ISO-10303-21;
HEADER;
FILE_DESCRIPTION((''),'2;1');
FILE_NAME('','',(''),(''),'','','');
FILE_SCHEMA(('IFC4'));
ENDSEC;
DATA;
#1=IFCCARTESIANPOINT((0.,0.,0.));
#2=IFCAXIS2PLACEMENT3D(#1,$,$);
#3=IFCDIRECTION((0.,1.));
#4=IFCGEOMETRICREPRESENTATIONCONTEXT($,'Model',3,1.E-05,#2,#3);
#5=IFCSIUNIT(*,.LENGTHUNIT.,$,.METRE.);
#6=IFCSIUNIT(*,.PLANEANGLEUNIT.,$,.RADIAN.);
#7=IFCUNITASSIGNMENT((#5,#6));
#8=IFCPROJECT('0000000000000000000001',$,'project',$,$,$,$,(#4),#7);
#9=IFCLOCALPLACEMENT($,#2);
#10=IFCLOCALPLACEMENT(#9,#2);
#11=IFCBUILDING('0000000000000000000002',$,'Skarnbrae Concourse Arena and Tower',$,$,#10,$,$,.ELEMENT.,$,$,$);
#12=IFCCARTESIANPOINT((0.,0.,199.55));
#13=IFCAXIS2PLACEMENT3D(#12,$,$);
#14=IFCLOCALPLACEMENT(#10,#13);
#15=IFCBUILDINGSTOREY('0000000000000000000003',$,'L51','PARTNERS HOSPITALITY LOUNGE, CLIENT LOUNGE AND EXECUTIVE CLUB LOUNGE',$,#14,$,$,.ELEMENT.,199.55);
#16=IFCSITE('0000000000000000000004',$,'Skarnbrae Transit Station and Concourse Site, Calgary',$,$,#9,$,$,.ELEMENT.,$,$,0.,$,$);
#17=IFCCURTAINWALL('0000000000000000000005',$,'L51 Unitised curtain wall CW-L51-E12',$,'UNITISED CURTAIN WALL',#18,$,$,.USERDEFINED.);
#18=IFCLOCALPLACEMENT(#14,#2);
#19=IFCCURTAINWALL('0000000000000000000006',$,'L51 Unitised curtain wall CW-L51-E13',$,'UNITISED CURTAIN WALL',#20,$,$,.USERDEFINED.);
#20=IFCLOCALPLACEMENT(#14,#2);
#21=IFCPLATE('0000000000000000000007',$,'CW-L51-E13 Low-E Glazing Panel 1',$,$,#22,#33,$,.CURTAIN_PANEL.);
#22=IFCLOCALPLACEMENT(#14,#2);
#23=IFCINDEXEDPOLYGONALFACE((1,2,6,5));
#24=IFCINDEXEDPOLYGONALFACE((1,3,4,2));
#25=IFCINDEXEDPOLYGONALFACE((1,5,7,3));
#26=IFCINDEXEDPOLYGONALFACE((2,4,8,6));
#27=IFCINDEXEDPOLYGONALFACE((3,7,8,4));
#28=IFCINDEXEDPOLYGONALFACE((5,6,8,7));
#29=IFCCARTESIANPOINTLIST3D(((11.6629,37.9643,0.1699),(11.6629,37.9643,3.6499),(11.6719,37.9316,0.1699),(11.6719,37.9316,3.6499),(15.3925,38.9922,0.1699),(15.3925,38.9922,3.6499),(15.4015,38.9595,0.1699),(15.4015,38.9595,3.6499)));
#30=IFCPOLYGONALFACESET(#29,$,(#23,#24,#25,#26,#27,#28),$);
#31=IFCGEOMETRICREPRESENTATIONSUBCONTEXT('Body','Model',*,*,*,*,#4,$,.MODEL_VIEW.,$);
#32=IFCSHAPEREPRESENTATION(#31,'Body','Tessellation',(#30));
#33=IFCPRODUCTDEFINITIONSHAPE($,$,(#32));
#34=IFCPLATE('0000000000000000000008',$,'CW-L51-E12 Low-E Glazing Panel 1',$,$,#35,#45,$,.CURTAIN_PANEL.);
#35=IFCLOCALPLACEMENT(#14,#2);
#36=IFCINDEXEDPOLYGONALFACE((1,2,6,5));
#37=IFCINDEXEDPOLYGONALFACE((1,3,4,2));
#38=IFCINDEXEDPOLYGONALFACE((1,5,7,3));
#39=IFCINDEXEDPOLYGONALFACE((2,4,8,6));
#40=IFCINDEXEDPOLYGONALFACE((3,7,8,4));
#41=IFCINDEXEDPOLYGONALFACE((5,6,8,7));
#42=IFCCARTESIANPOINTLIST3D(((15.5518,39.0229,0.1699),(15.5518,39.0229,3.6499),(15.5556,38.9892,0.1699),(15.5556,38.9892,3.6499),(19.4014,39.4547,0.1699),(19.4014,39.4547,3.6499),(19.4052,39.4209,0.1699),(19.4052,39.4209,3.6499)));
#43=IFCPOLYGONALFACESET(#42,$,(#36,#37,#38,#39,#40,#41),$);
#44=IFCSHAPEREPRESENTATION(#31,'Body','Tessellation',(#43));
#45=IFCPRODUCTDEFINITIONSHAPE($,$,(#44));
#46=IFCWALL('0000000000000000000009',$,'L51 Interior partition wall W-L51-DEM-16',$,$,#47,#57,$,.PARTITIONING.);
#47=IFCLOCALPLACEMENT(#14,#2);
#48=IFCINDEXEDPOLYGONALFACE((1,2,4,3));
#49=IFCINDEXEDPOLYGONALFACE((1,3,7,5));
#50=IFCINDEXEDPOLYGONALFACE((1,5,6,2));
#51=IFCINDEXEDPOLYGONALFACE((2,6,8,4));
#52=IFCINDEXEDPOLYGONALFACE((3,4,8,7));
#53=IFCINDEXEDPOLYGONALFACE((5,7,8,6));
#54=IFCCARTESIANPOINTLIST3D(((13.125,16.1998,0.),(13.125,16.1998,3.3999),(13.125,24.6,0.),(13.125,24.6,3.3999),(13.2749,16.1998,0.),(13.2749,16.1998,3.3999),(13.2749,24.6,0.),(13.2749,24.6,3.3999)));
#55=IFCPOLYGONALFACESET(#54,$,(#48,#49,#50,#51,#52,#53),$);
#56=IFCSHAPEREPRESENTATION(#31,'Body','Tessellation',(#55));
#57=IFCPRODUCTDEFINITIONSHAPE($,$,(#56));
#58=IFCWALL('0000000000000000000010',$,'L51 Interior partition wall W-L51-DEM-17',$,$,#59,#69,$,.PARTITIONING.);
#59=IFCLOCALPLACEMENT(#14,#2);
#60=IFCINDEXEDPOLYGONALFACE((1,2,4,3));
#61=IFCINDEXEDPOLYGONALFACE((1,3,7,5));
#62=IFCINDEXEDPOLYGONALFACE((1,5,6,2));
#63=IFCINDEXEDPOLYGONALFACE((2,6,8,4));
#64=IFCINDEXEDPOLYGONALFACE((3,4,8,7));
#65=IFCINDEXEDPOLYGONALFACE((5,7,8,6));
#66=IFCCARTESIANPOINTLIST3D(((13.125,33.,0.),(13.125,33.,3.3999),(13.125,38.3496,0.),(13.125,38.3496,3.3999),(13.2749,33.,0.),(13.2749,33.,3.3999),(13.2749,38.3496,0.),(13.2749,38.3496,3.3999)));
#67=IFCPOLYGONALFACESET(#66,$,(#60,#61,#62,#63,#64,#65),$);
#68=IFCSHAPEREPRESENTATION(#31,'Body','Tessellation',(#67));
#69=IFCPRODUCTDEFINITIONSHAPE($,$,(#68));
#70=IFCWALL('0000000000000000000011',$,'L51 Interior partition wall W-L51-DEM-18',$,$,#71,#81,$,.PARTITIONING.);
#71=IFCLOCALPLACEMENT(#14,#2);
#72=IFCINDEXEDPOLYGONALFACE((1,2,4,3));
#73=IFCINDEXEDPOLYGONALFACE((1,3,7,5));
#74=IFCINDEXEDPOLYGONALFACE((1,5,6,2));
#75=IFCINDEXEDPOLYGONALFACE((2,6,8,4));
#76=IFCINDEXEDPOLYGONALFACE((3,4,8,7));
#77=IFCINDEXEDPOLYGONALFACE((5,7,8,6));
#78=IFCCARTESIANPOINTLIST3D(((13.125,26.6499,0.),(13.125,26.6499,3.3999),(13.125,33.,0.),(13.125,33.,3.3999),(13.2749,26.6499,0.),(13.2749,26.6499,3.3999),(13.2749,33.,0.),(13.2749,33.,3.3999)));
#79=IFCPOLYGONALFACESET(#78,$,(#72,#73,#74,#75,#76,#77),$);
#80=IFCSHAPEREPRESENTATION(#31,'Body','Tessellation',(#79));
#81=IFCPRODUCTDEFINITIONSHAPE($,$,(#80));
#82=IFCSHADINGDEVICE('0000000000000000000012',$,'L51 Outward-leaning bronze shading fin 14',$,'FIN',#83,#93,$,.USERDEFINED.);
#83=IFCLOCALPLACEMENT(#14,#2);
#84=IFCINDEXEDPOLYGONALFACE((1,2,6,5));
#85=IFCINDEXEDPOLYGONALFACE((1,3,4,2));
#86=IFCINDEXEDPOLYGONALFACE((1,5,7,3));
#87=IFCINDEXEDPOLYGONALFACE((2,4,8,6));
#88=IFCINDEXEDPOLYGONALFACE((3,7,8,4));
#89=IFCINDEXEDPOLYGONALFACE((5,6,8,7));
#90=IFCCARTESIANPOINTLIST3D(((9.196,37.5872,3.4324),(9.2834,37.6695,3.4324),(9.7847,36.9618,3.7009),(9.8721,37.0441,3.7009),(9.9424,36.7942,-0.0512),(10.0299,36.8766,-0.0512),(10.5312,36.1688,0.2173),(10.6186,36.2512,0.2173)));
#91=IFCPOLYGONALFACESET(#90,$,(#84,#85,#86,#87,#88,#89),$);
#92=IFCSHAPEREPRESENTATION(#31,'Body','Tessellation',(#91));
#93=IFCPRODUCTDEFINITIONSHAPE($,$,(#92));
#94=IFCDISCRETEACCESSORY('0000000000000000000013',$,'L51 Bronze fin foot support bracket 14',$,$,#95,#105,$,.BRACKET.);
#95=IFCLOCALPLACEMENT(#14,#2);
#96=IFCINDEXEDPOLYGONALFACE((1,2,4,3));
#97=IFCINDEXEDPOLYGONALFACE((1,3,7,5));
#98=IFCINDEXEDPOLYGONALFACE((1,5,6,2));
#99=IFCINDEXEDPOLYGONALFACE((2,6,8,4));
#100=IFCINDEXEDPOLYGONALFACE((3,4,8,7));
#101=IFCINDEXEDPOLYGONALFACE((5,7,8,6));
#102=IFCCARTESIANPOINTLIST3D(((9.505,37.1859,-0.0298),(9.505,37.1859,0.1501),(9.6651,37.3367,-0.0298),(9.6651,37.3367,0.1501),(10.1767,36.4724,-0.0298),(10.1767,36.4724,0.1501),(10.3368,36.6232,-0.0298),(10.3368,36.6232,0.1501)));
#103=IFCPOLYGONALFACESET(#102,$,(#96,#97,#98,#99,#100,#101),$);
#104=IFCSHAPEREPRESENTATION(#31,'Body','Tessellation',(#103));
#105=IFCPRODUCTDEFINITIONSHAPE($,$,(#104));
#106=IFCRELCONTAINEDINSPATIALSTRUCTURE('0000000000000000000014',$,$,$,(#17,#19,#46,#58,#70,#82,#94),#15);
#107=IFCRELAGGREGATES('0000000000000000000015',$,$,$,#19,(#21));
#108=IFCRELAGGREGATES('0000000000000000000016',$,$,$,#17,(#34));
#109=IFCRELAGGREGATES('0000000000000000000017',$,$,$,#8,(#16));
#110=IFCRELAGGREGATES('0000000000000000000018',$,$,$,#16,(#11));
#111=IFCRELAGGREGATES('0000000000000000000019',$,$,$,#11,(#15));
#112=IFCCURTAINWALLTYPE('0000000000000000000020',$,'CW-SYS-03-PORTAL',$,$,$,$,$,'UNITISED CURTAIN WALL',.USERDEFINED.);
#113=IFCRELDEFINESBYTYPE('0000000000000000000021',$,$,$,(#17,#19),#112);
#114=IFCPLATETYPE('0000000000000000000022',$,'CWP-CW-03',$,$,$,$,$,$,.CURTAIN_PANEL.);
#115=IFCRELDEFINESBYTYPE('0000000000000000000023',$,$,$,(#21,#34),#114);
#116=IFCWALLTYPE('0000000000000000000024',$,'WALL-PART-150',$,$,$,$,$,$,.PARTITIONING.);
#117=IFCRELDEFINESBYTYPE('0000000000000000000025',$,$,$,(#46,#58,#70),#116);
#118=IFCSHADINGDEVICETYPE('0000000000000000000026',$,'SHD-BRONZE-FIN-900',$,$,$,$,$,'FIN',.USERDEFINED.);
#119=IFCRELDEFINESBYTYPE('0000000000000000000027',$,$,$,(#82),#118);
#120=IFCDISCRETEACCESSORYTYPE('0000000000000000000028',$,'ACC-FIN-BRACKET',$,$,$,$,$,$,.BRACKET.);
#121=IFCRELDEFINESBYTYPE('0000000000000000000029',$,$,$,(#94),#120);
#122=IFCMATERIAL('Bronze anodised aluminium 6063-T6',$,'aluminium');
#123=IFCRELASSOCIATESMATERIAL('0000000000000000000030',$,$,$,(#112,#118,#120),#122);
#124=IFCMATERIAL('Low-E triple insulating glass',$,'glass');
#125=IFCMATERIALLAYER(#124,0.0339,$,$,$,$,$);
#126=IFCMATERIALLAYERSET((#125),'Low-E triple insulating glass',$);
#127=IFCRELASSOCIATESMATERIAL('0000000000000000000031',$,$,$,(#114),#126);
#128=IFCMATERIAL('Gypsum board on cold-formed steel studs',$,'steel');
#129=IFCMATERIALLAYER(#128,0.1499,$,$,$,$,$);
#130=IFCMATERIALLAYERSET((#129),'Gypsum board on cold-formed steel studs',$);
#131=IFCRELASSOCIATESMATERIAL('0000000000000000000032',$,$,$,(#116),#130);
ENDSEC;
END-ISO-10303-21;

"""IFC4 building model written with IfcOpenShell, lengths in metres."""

from ifc_helpers import new_model, si_unit, direction, frame, frame_2d, origin, origin_2d, place, context, subcontext, project, spatial, rectangle, extrude, source, transform, mapped, material, layer, layer_set, type_object, element, aggregate, save


model = new_model("IFC4")

# Units and contexts
model_context = context("Model", 3, precision=1e-05, world=origin(), true_north=direction((0.0, 1.0)))
body_context = subcontext(model_context, "Body", "Model", "MODEL_VIEW")
ifc_project = project(units=[si_unit("LENGTHUNIT", "METRE"), si_unit("PLANEANGLEUNIT", "RADIAN")], contexts=[model_context])

# Site, building, storey
site_placement = place(None, origin())
site = spatial("IfcSite", under=ifc_project, at=site_placement, Name="Skarnbrae Transit Station and Concourse Site, Calgary", CompositionType="ELEMENT", RefElevation=0.0)
building_placement = place(site_placement, origin())
building = spatial("IfcBuilding", under=site, at=building_placement, Name="Skarnbrae Concourse Arena and Tower", CompositionType="ELEMENT")
storey_placement = place(building_placement, frame((0.0, 0.0, 199.55)))
storey = spatial("IfcBuildingStorey", under=building, at=storey_placement, Name="L51", Description="PARTNERS HOSPITALITY LOUNGE, CLIENT LOUNGE AND EXECUTIVE CLUB LOUNGE", CompositionType="ELEMENT", Elevation=199.55)

# Shared definitions
ifc_material_1 = material(Name="Bronze anodised aluminium 6063-T6", Category="aluminium")
curtain_wall_type_1 = type_object("IfcCurtainWallType", Name="CW-SYS-03-PORTAL", ElementType="UNITISED CURTAIN WALL", PredefinedType="USERDEFINED", material=ifc_material_1)

# Curtain walls
curtain_wall_1_placement = place(storey_placement, origin())
curtain_wall_1 = element("IfcCurtainWall", 1, at=curtain_wall_1_placement, inside=storey, type_object=curtain_wall_type_1, Name="L51 Unitised curtain wall CW-L51-E12", ObjectType="UNITISED CURTAIN WALL", PredefinedType="USERDEFINED")
curtain_wall_2_placement = place(storey_placement, origin())
curtain_wall_2 = element("IfcCurtainWall", 2, at=curtain_wall_2_placement, inside=storey, type_object=curtain_wall_type_1, Name="L51 Unitised curtain wall CW-L51-E13", ObjectType="UNITISED CURTAIN WALL", PredefinedType="USERDEFINED")

# Plates
ifc_material_2 = material(Name="Low-E triple insulating glass", Category="glass")
ifc_layer_1 = layer(ifc_material_2, 0.0339)
ifc_layer_set_1 = layer_set([ifc_layer_1], Name="Low-E triple insulating glass")
plate_type_1 = type_object("IfcPlateType", Name="CWP-CW-03", PredefinedType="CURTAIN_PANEL", material=ifc_layer_set_1)
shared_shape_1 = source(origin(), body_context, "Body", "SweptSolid", [
    extrude(rectangle(XDim=3.8687, YDim=0.0339, at=origin_2d()), origin(), (0.0, 0.0, 1.0), 3.48),
])
plate_1_placement = place(storey_placement, frame((13.5322, 38.4619, 0.1699), z_axis=(0.0, 0.0, 1.0), x_axis=(-0.964057, -0.265694, 0.0)))
plate_1 = element("IfcPlate", 3, at=plate_1_placement, type_object=plate_type_1, Name="CW-L51-E13 Low-E Glazing Panel 1", PredefinedType="CURTAIN_PANEL", context=body_context, shape_type="MappedRepresentation", body=[
    mapped(shared_shape_1, transform((0.0, 0.0, 0.0))),
])
aggregate(curtain_wall_2, [plate_1])
shared_shape_2 = source(origin(), body_context, "Body", "SweptSolid", [
    extrude(rectangle(XDim=3.8738, YDim=0.0339, at=origin_2d()), origin(), (0.0, 0.0, 1.0), 3.48),
])
plate_2_placement = place(storey_placement, frame((17.4785, 39.2219, 0.1699), z_axis=(0.0, 0.0, 1.0), x_axis=(-0.993769, -0.11146, 0.0)))
plate_2 = element("IfcPlate", 4, at=plate_2_placement, type_object=plate_type_1, Name="CW-L51-E12 Low-E Glazing Panel 1", PredefinedType="CURTAIN_PANEL", context=body_context, shape_type="MappedRepresentation", body=[
    mapped(shared_shape_2, transform((0.0, 0.0, 0.0))),
])
aggregate(curtain_wall_1, [plate_2])

# Walls
ifc_material_3 = material(Name="Gypsum board on cold-formed steel studs", Category="steel")
ifc_layer_2 = layer(ifc_material_3, 0.1499)
ifc_layer_set_2 = layer_set([ifc_layer_2], Name="Gypsum board on cold-formed steel studs")
wall_type = type_object("IfcWallType", Name="WALL-PART-150", PredefinedType="PARTITIONING", material=ifc_layer_set_2)
shared_shape_3 = source(origin(), body_context, "Body", "SweptSolid", [
    extrude(rectangle(XDim=8.4001, YDim=0.1499, at=frame_2d((4.2002, 0.0))), origin(), (0.0, 0.0, 1.0), 3.3999),
])
wall_1_placement = place(storey_placement, frame((13.2, 24.6001, 0.0), z_axis=(0.0, 0.0, 1.0), x_axis=(0.0, -1.0, 0.0)))
element("IfcWall", 5, at=wall_1_placement, inside=storey, type_object=wall_type, Name="L51 Interior partition wall W-L51-DEM-16", PredefinedType="PARTITIONING", context=body_context, shape_type="MappedRepresentation", body=[
    mapped(shared_shape_3, transform((0.0, 0.0, 0.0))),
])
shared_shape_4 = source(origin(), body_context, "Body", "SweptSolid", [
    extrude(rectangle(XDim=5.3496, YDim=0.1499, at=frame_2d((2.6748, 0.0))), origin(), (0.0, 0.0, 1.0), 3.3999),
])
wall_2_placement = place(storey_placement, frame((13.2, 38.3496, 0.0), z_axis=(0.0, 0.0, 1.0), x_axis=(0.0, -1.0, 0.0)))
element("IfcWall", 6, at=wall_2_placement, inside=storey, type_object=wall_type, Name="L51 Interior partition wall W-L51-DEM-17", PredefinedType="PARTITIONING", context=body_context, shape_type="MappedRepresentation", body=[
    mapped(shared_shape_4, transform((0.0, 0.0, 0.0))),
])
shared_shape_5 = source(origin(), body_context, "Body", "SweptSolid", [
    extrude(rectangle(XDim=6.3501, YDim=0.1499, at=frame_2d((3.175, 0.0))), origin(), (0.0, 0.0, 1.0), 3.3999),
])
wall_3_placement = place(storey_placement, frame((13.2, 33.0, 0.0), z_axis=(0.0, 0.0, 1.0), x_axis=(0.0, -1.0, 0.0)))
element("IfcWall", 7, at=wall_3_placement, inside=storey, type_object=wall_type, Name="L51 Interior partition wall W-L51-DEM-18", PredefinedType="PARTITIONING", context=body_context, shape_type="MappedRepresentation", body=[
    mapped(shared_shape_5, transform((0.0, 0.0, 0.0))),
])

# Shading device
shading_device_type = type_object("IfcShadingDeviceType", Name="SHD-BRONZE-FIN-900", ElementType="FIN", PredefinedType="USERDEFINED", material=ifc_material_1)
shared_shape_6 = source(origin(), body_context, "Body", "SweptSolid", [
    extrude(rectangle(XDim=0.1201, YDim=0.8999, at=origin_2d()), origin(), (0.0, 0.0, 1.0), 3.6499),
])
shading_device_placement = place(storey_placement, frame((10.2805, 36.5227, 0.083), z_axis=(-0.204517, 0.217256, 0.954449), x_axis=(0.728132, 0.685437, 0.0)))
element("IfcShadingDevice", 8, at=shading_device_placement, inside=storey, type_object=shading_device_type, Name="L51 Outward-leaning bronze shading fin 14", ObjectType="FIN", PredefinedType="USERDEFINED", context=body_context, shape_type="MappedRepresentation", body=[
    mapped(shared_shape_6, transform((0.0, 0.0, 0.0))),
])

# Discrete accessory
discrete_accessory_type = type_object("IfcDiscreteAccessoryType", Name="ACC-FIN-BRACKET", PredefinedType="BRACKET", material=ifc_material_1)
shared_shape_7 = source(origin(), body_context, "Body", "SweptSolid", [
    extrude(rectangle(XDim=0.22, YDim=0.98, at=origin_2d()), origin(), (0.0, 0.0, 1.0), 0.1799),
])
discrete_accessory_placement = place(storey_placement, frame((9.9209, 36.9045, -0.0298), z_axis=(0.0, 0.0, 1.0), x_axis=(0.728132, 0.685437, 0.0)))
element("IfcDiscreteAccessory", 9, at=discrete_accessory_placement, inside=storey, type_object=discrete_accessory_type, Name="L51 Bronze fin foot support bracket 14", PredefinedType="BRACKET", context=body_context, shape_type="MappedRepresentation", body=[
    mapped(shared_shape_7, transform((0.0, 0.0, 0.0))),
])

save(model, "model.ifc")
